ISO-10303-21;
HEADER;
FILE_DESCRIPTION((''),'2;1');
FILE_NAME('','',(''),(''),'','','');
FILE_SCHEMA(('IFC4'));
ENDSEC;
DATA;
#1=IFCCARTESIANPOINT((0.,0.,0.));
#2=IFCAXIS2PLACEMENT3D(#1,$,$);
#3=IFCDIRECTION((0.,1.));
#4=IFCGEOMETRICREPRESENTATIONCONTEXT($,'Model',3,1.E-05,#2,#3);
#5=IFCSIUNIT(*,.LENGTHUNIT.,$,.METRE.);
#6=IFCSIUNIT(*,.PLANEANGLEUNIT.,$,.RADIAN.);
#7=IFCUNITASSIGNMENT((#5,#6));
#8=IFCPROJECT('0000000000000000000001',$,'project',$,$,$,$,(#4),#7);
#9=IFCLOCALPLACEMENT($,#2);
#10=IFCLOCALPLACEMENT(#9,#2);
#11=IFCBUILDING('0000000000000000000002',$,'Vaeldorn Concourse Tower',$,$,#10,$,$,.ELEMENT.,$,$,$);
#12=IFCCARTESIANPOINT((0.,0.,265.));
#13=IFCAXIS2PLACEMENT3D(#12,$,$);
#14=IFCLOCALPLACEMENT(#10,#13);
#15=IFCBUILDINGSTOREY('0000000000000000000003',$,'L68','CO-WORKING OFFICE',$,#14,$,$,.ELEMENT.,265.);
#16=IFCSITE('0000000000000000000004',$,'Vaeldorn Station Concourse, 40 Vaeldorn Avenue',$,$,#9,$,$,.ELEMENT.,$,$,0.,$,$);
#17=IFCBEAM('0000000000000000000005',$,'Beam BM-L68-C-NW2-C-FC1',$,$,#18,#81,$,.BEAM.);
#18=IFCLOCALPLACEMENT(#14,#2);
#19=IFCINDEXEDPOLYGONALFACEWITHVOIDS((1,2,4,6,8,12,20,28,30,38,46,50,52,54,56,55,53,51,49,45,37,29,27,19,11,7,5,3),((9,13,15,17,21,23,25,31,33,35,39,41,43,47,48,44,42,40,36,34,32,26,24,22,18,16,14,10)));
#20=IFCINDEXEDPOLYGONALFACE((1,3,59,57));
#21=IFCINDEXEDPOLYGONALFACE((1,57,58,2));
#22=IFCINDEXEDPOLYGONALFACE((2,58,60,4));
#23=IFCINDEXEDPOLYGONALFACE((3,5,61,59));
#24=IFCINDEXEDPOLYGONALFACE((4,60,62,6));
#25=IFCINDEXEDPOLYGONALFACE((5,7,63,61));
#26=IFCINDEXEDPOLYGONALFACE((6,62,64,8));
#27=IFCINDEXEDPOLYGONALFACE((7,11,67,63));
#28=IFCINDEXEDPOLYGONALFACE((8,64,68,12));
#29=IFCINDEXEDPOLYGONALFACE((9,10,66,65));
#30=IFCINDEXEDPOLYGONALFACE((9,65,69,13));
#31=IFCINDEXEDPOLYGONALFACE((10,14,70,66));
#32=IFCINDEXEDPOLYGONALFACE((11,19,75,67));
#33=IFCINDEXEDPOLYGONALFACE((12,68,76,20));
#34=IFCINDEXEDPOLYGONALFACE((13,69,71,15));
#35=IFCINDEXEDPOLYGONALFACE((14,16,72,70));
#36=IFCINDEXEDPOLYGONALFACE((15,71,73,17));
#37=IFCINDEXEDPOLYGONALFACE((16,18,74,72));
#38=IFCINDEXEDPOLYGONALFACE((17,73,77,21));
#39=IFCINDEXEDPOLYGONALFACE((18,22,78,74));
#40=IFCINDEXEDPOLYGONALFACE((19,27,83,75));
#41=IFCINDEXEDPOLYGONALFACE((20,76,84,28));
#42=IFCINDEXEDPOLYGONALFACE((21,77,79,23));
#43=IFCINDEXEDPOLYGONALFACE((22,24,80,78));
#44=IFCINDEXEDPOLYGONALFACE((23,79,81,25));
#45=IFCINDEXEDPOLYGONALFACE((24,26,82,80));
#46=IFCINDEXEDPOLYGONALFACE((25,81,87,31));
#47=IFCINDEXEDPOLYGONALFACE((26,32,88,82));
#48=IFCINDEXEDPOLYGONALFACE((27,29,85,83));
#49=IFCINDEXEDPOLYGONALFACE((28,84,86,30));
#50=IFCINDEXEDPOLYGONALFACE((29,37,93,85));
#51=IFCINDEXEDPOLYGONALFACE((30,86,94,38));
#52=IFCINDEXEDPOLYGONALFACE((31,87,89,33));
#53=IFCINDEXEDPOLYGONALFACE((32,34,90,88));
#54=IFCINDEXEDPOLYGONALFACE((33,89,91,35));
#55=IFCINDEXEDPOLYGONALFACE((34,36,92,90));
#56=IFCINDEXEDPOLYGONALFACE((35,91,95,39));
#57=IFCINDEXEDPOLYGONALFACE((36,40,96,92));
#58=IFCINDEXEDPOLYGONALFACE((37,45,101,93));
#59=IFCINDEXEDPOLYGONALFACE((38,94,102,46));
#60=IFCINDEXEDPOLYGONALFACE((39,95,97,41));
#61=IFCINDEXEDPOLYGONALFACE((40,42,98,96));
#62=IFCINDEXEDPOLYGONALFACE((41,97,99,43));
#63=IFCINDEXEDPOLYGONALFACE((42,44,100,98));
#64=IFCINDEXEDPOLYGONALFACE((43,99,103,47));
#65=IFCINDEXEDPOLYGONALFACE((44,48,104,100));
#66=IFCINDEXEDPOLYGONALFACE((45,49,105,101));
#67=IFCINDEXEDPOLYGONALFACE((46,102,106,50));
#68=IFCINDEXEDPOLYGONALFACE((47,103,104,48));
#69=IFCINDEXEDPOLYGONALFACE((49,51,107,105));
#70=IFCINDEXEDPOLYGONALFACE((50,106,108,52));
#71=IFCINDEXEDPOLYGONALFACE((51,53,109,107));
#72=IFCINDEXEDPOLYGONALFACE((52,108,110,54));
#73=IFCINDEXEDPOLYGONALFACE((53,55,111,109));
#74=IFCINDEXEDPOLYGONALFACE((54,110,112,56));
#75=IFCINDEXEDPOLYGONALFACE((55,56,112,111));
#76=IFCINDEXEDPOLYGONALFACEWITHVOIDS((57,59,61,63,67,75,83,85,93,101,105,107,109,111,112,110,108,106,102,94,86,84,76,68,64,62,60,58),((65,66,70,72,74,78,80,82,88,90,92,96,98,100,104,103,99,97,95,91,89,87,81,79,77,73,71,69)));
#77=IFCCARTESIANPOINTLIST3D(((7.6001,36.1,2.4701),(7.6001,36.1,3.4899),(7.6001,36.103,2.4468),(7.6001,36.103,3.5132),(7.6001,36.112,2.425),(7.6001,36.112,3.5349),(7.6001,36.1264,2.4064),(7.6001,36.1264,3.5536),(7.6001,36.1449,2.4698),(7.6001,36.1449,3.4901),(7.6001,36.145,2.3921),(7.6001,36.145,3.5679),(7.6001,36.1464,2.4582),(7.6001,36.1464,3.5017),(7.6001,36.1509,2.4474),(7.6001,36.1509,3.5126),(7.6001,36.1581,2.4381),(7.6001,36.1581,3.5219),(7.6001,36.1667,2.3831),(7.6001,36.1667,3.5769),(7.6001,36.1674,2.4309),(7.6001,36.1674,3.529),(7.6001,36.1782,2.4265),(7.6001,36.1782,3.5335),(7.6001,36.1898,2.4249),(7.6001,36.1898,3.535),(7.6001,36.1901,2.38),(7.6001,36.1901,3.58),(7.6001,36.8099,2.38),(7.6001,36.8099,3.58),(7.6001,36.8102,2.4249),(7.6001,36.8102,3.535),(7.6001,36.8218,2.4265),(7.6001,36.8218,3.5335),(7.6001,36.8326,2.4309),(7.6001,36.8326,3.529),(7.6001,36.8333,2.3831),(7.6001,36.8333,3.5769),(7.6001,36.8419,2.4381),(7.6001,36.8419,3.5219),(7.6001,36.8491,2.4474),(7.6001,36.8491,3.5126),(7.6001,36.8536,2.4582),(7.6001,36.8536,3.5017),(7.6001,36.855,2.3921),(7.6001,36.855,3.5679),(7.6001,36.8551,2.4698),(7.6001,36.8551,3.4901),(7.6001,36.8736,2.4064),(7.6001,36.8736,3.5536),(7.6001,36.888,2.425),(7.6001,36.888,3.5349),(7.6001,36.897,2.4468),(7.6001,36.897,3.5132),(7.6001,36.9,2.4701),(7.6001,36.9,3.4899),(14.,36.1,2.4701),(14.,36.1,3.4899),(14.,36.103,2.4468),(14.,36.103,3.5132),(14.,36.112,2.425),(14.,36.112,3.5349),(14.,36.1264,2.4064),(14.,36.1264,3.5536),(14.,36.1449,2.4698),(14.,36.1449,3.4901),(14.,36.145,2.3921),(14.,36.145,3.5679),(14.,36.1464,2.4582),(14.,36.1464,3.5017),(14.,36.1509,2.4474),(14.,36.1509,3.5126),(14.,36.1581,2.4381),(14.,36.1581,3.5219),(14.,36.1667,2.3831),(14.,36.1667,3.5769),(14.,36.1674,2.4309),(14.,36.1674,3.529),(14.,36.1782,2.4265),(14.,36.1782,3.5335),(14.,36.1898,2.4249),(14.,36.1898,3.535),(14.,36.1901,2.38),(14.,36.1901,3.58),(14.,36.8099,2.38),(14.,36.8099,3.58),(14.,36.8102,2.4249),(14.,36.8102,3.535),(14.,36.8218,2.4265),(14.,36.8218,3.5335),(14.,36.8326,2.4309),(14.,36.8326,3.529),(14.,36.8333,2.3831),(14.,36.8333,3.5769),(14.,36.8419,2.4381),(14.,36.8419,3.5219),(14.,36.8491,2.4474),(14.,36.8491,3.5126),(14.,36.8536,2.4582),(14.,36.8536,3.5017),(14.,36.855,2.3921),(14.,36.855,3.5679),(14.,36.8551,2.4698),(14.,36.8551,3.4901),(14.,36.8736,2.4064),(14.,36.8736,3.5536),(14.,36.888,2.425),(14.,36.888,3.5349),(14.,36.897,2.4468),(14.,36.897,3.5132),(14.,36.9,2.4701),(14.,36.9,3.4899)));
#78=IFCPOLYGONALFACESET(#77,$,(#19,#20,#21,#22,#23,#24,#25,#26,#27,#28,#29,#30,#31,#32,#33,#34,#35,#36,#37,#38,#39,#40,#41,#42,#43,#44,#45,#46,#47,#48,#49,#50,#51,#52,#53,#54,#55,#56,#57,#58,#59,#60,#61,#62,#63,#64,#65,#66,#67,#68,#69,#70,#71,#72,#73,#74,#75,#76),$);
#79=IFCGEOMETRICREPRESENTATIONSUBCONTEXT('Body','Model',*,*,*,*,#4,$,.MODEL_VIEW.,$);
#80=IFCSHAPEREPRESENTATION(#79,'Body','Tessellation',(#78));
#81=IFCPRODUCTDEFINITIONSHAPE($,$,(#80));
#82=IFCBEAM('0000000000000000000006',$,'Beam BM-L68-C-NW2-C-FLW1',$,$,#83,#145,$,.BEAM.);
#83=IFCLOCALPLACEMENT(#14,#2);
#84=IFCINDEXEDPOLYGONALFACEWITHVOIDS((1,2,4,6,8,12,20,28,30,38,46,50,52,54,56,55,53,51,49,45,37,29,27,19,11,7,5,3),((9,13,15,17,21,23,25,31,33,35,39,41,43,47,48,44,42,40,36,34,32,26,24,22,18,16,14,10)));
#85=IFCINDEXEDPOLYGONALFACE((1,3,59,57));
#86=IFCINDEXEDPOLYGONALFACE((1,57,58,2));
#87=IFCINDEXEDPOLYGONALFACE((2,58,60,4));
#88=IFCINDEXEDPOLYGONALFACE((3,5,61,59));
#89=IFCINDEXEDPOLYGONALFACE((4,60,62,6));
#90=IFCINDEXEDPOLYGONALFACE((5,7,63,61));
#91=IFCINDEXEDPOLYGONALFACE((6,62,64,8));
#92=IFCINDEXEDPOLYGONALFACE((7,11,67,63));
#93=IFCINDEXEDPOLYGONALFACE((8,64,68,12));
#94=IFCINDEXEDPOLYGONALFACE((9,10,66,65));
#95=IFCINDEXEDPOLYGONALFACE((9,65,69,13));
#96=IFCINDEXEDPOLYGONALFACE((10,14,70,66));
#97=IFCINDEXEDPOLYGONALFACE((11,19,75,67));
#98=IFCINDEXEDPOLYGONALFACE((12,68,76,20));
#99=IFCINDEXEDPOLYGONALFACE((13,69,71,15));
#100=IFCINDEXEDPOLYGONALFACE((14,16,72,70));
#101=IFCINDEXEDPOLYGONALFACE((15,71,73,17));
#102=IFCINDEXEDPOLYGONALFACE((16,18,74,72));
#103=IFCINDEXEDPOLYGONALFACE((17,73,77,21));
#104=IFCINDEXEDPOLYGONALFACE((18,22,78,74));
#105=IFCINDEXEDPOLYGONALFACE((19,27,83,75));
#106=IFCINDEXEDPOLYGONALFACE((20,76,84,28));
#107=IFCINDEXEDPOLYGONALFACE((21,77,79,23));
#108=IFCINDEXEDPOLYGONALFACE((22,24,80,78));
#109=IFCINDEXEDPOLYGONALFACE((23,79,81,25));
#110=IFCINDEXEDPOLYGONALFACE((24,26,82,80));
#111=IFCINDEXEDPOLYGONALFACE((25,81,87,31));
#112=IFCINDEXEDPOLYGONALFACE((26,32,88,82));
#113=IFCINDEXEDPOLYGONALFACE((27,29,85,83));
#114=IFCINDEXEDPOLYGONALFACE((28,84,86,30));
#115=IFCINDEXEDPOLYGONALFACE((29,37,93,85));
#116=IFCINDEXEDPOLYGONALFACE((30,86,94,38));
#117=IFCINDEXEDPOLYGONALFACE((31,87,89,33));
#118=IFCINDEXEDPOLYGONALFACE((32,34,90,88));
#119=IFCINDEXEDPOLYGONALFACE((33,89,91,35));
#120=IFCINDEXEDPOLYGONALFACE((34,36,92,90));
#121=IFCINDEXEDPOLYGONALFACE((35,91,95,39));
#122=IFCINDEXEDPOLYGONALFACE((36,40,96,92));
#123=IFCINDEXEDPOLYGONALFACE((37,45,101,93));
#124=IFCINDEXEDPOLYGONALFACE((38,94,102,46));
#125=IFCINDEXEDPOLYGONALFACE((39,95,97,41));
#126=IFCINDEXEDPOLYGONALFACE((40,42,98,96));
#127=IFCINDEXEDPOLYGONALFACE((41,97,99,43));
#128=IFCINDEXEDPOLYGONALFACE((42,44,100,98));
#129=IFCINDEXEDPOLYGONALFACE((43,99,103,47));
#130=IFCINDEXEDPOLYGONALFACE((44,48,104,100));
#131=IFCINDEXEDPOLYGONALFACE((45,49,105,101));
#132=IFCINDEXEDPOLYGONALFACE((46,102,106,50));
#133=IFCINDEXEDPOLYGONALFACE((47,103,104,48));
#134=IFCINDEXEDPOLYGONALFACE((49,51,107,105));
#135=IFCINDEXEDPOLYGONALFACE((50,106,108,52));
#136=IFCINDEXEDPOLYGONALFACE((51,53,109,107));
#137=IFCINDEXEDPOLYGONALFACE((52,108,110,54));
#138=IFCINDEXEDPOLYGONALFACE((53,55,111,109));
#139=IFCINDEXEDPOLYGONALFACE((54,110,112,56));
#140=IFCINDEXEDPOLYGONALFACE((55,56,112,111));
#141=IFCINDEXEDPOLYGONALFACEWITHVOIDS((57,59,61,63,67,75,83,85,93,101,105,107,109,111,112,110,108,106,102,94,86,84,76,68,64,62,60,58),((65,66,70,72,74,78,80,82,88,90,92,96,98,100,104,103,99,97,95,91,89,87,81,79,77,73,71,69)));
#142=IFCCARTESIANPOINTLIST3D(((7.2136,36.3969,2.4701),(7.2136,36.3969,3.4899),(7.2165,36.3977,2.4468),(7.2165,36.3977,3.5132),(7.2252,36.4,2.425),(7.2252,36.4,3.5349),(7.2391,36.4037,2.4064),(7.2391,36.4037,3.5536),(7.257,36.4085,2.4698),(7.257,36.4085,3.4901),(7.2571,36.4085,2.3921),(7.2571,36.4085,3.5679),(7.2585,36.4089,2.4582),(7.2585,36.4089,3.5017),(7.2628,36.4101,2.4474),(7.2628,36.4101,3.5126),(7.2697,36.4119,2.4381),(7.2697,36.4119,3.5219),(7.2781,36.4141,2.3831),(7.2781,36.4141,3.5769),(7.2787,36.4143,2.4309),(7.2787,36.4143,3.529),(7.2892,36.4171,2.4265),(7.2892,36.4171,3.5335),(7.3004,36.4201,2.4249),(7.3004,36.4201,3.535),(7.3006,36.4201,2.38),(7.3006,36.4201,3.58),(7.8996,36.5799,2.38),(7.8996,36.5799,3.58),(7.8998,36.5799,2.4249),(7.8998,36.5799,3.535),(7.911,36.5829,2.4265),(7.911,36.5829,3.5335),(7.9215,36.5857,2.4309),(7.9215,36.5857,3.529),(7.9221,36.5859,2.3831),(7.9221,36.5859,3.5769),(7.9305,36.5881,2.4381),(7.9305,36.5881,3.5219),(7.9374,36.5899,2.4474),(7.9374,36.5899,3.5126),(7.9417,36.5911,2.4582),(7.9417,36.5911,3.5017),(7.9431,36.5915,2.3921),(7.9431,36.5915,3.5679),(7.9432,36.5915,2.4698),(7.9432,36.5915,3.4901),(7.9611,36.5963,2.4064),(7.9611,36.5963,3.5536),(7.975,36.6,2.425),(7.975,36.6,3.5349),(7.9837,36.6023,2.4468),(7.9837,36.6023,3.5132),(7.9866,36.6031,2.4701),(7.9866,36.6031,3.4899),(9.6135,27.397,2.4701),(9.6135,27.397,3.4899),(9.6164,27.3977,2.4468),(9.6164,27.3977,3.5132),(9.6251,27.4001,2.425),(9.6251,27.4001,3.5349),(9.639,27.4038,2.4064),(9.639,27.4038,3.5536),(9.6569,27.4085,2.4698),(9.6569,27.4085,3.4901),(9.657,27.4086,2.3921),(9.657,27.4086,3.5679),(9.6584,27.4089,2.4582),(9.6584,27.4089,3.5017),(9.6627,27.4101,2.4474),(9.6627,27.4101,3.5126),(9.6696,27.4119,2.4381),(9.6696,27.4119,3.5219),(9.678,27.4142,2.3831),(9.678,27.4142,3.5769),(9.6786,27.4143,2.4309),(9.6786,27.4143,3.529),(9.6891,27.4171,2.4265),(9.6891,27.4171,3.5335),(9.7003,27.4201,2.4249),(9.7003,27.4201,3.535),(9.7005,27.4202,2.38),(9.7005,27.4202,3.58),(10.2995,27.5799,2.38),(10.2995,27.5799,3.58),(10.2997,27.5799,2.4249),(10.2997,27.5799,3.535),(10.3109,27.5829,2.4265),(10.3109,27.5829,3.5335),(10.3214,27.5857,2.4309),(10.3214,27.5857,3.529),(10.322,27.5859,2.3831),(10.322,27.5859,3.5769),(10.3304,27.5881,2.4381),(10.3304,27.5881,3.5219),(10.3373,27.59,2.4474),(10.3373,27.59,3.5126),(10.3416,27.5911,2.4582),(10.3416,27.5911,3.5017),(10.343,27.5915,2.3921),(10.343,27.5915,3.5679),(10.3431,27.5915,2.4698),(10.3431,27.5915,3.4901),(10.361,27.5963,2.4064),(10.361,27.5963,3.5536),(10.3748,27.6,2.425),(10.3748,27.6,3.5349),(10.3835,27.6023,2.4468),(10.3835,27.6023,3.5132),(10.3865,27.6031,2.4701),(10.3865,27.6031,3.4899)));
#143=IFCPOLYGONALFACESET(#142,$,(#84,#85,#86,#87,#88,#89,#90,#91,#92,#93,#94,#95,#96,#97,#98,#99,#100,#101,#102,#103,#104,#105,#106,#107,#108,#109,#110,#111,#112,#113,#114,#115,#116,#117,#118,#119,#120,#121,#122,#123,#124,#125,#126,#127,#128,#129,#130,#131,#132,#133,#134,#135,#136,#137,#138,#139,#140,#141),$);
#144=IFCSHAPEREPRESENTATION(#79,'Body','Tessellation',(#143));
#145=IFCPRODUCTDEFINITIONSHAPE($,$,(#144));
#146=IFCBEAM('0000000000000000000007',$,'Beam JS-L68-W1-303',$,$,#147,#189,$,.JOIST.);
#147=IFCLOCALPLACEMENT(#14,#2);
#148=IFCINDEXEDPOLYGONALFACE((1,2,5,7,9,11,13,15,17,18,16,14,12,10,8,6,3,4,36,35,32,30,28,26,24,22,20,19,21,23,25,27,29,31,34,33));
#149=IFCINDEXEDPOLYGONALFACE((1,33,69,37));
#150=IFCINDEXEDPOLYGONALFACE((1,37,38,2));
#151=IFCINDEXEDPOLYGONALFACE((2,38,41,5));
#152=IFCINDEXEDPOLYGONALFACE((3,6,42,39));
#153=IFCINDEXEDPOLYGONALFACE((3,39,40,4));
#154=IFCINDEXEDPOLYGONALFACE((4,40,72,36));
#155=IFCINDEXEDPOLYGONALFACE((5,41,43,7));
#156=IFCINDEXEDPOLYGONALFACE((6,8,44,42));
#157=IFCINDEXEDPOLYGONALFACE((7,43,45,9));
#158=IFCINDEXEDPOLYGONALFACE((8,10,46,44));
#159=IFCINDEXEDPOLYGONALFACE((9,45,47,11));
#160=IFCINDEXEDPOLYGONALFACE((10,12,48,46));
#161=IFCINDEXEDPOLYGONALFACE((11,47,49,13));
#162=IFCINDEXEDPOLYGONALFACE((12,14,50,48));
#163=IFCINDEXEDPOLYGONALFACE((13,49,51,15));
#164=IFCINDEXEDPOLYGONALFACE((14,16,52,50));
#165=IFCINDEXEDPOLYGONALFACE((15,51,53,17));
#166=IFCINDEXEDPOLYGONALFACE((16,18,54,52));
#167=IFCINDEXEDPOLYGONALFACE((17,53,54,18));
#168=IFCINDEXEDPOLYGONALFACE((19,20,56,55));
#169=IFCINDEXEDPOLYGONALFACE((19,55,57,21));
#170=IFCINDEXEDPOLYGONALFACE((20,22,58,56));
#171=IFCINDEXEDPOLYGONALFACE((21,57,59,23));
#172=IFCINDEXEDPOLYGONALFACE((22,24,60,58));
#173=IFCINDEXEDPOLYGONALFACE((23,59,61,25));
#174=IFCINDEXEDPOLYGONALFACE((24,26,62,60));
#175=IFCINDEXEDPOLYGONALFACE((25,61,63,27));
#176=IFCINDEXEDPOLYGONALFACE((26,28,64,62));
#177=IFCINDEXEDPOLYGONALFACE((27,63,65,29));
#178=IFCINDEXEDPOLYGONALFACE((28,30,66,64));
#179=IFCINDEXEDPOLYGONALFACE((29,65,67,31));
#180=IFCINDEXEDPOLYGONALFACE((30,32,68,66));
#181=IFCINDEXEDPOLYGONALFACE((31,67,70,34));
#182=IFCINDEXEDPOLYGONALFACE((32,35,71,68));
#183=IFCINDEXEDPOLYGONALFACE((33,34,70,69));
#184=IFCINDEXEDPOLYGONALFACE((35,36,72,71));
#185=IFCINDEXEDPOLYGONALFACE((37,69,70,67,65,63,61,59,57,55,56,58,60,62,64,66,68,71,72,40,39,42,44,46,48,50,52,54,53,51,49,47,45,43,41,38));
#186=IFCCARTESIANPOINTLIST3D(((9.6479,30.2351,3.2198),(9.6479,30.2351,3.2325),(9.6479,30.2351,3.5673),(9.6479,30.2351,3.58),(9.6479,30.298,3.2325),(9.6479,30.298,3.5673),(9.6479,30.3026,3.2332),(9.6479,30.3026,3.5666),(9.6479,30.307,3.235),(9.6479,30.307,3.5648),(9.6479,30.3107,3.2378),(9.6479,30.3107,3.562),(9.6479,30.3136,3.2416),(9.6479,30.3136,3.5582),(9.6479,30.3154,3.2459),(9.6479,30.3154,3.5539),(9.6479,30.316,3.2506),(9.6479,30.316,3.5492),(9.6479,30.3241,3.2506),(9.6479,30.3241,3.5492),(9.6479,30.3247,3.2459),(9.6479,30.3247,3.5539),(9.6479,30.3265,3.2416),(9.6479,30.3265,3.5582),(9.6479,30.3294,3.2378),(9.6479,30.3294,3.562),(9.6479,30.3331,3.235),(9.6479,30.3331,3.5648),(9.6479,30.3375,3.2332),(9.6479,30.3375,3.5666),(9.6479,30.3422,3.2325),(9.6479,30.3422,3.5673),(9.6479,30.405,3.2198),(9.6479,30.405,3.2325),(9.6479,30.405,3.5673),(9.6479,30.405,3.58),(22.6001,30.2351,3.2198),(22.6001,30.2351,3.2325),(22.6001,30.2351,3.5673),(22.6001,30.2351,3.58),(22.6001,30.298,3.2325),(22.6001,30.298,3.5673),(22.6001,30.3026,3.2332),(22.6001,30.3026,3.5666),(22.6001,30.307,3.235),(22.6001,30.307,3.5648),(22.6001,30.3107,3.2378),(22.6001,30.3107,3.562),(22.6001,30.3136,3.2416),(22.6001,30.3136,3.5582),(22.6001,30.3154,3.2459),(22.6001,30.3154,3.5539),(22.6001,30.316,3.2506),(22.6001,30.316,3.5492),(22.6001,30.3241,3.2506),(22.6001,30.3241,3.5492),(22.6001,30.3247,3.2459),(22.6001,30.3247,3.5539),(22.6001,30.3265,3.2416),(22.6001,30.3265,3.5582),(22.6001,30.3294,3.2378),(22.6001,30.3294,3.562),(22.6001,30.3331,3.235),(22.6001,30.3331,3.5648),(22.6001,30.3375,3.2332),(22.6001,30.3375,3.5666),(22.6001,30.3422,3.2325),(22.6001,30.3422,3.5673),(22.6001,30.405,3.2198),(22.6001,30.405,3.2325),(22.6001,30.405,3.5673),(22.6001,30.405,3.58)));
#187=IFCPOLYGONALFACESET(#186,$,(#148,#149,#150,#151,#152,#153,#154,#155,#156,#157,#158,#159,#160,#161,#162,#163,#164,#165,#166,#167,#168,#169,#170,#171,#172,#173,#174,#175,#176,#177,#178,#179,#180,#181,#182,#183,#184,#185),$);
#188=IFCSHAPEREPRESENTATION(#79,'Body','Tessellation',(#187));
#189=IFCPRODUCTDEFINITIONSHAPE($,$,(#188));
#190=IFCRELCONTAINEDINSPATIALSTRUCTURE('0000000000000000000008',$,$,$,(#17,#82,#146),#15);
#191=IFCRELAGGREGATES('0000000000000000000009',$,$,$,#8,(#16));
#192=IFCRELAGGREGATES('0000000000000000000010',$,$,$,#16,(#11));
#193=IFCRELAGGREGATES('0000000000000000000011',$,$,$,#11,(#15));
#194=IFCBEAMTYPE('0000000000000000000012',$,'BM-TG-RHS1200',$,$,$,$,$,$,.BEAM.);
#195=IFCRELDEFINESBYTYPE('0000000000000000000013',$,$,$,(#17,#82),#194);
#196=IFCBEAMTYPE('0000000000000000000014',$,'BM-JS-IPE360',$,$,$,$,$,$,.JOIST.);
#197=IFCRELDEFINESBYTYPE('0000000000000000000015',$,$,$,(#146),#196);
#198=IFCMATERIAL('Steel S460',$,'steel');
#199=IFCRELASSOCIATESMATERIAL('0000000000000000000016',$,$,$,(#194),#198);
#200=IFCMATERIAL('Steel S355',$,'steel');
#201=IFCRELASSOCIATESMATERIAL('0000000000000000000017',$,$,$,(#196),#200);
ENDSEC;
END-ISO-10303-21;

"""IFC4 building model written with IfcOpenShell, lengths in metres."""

from ifc_helpers import new_model, si_unit, direction, frame, origin, origin_2d, place, context, subcontext, project, spatial, hollow_rectangle, i_section, extrude, source, transform, mapped, material, material_profile, profile_set, type_object, element, save


model = new_model("IFC4")

# Units and contexts
model_context = context("Model", 3, precision=1e-05, world=origin(), true_north=direction((0.0, 1.0)))
body_context = subcontext(model_context, "Body", "Model", "MODEL_VIEW")
ifc_project = project(units=[si_unit("LENGTHUNIT", "METRE"), si_unit("PLANEANGLEUNIT", "RADIAN")], contexts=[model_context])

# Site, building, storey
site_placement = place(None, origin())
site = spatial("IfcSite", under=ifc_project, at=site_placement, Name="Vaeldorn Station Concourse, 40 Vaeldorn Avenue", CompositionType="ELEMENT", RefElevation=0.0)
building_placement = place(site_placement, origin())
building = spatial("IfcBuilding", under=site, at=building_placement, Name="Vaeldorn Concourse Tower", CompositionType="ELEMENT")
storey_placement = place(building_placement, frame((0.0, 0.0, 265.0)))
storey = spatial("IfcBuildingStorey", under=building, at=storey_placement, Name="L68", Description="CO-WORKING OFFICE", CompositionType="ELEMENT", Elevation=265.0)

# Shared definitions
ifc_material_1 = material(Name="Steel S355", Category="steel")

# Beams
ifc_material_2 = material(Name="Steel S460", Category="steel")
ifc_material_profile_1 = material_profile(ifc_material_2, hollow_rectangle(XDim=0.8, YDim=1.2, WallThickness=0.0449, InnerFilletRadius=0.0449, OuterFilletRadius=0.0901, at=origin_2d()), Name="RHS 1200x800x45")
ifc_profile_set_1 = profile_set([ifc_material_profile_1], Name="Steel S460")
beam_type_1 = type_object("IfcBeamType", Name="BM-TG-RHS1200", PredefinedType="BEAM", material=ifc_profile_set_1)
shared_shape_1 = source(origin(), body_context, "Body", "SweptSolid", [
    extrude(hollow_rectangle(XDim=0.8, YDim=1.2, WallThickness=0.0449, InnerFilletRadius=0.0449, OuterFilletRadius=0.0901, at=origin_2d()), origin(), (0.0, 0.0, 1.0), 6.3999),
])
beam_1_placement = place(storey_placement, frame((7.6001, 36.5, 2.98), z_axis=(1.0, 0.0, 0.0), x_axis=(0.0, 1.0, 0.0)))
element("IfcBeam", 1, at=beam_1_placement, inside=storey, type_object=beam_type_1, Name="Beam BM-L68-C-NW2-C-FC1", PredefinedType="BEAM", context=body_context, shape_type="MappedRepresentation", body=[
    mapped(shared_shape_1, transform((0.0, 0.0, 0.0), scale=1.0)),
])
shared_shape_2 = source(origin(), body_context, "Body", "SweptSolid", [
    extrude(hollow_rectangle(XDim=0.8, YDim=1.2, WallThickness=0.0449, InnerFilletRadius=0.0449, OuterFilletRadius=0.0901, at=origin_2d()), origin(), (0.0, 0.0, 1.0), 9.3145),
])
beam_2_placement = place(storey_placement, frame((7.6001, 36.5, 2.98), z_axis=(0.257653, -0.966238, 0.0), x_axis=(0.966238, 0.257653, 0.0)))
element("IfcBeam", 2, at=beam_2_placement, inside=storey, type_object=beam_type_1, Name="Beam BM-L68-C-NW2-C-FLW1", PredefinedType="BEAM", context=body_context, shape_type="MappedRepresentation", body=[
    mapped(shared_shape_2, transform((0.0, 0.0, 0.0), scale=1.0)),
])
ifc_material_profile_2 = material_profile(ifc_material_1, i_section(OverallWidth=0.1699, OverallDepth=0.3601, WebThickness=0.0081, FlangeThickness=0.0127, FilletRadius=0.0181, at=origin_2d()), Name="IPE 360")
ifc_profile_set_2 = profile_set([ifc_material_profile_2], Name="Steel S355")
beam_type_2 = type_object("IfcBeamType", Name="BM-JS-IPE360", PredefinedType="JOIST", material=ifc_profile_set_2)
shared_shape_3 = source(origin(), body_context, "Body", "SweptSolid", [
    extrude(i_section(OverallWidth=0.1699, OverallDepth=0.3601, WebThickness=0.0081, FlangeThickness=0.0127, FilletRadius=0.0181, at=origin_2d()), origin(), (0.0, 0.0, 1.0), 12.9521),
])
beam_3_placement = place(storey_placement, frame((9.6479, 30.3201, 3.3999), z_axis=(1.0, 0.0, 0.0), x_axis=(0.0, 1.0, 0.0)))
element("IfcBeam", 3, at=beam_3_placement, inside=storey, type_object=beam_type_2, Name="Beam JS-L68-W1-303", PredefinedType="JOIST", context=body_context, shape_type="MappedRepresentation", body=[
    mapped(shared_shape_3, transform((0.0, 0.0, 0.0), scale=1.0)),
])

save(model, "model.ifc")
